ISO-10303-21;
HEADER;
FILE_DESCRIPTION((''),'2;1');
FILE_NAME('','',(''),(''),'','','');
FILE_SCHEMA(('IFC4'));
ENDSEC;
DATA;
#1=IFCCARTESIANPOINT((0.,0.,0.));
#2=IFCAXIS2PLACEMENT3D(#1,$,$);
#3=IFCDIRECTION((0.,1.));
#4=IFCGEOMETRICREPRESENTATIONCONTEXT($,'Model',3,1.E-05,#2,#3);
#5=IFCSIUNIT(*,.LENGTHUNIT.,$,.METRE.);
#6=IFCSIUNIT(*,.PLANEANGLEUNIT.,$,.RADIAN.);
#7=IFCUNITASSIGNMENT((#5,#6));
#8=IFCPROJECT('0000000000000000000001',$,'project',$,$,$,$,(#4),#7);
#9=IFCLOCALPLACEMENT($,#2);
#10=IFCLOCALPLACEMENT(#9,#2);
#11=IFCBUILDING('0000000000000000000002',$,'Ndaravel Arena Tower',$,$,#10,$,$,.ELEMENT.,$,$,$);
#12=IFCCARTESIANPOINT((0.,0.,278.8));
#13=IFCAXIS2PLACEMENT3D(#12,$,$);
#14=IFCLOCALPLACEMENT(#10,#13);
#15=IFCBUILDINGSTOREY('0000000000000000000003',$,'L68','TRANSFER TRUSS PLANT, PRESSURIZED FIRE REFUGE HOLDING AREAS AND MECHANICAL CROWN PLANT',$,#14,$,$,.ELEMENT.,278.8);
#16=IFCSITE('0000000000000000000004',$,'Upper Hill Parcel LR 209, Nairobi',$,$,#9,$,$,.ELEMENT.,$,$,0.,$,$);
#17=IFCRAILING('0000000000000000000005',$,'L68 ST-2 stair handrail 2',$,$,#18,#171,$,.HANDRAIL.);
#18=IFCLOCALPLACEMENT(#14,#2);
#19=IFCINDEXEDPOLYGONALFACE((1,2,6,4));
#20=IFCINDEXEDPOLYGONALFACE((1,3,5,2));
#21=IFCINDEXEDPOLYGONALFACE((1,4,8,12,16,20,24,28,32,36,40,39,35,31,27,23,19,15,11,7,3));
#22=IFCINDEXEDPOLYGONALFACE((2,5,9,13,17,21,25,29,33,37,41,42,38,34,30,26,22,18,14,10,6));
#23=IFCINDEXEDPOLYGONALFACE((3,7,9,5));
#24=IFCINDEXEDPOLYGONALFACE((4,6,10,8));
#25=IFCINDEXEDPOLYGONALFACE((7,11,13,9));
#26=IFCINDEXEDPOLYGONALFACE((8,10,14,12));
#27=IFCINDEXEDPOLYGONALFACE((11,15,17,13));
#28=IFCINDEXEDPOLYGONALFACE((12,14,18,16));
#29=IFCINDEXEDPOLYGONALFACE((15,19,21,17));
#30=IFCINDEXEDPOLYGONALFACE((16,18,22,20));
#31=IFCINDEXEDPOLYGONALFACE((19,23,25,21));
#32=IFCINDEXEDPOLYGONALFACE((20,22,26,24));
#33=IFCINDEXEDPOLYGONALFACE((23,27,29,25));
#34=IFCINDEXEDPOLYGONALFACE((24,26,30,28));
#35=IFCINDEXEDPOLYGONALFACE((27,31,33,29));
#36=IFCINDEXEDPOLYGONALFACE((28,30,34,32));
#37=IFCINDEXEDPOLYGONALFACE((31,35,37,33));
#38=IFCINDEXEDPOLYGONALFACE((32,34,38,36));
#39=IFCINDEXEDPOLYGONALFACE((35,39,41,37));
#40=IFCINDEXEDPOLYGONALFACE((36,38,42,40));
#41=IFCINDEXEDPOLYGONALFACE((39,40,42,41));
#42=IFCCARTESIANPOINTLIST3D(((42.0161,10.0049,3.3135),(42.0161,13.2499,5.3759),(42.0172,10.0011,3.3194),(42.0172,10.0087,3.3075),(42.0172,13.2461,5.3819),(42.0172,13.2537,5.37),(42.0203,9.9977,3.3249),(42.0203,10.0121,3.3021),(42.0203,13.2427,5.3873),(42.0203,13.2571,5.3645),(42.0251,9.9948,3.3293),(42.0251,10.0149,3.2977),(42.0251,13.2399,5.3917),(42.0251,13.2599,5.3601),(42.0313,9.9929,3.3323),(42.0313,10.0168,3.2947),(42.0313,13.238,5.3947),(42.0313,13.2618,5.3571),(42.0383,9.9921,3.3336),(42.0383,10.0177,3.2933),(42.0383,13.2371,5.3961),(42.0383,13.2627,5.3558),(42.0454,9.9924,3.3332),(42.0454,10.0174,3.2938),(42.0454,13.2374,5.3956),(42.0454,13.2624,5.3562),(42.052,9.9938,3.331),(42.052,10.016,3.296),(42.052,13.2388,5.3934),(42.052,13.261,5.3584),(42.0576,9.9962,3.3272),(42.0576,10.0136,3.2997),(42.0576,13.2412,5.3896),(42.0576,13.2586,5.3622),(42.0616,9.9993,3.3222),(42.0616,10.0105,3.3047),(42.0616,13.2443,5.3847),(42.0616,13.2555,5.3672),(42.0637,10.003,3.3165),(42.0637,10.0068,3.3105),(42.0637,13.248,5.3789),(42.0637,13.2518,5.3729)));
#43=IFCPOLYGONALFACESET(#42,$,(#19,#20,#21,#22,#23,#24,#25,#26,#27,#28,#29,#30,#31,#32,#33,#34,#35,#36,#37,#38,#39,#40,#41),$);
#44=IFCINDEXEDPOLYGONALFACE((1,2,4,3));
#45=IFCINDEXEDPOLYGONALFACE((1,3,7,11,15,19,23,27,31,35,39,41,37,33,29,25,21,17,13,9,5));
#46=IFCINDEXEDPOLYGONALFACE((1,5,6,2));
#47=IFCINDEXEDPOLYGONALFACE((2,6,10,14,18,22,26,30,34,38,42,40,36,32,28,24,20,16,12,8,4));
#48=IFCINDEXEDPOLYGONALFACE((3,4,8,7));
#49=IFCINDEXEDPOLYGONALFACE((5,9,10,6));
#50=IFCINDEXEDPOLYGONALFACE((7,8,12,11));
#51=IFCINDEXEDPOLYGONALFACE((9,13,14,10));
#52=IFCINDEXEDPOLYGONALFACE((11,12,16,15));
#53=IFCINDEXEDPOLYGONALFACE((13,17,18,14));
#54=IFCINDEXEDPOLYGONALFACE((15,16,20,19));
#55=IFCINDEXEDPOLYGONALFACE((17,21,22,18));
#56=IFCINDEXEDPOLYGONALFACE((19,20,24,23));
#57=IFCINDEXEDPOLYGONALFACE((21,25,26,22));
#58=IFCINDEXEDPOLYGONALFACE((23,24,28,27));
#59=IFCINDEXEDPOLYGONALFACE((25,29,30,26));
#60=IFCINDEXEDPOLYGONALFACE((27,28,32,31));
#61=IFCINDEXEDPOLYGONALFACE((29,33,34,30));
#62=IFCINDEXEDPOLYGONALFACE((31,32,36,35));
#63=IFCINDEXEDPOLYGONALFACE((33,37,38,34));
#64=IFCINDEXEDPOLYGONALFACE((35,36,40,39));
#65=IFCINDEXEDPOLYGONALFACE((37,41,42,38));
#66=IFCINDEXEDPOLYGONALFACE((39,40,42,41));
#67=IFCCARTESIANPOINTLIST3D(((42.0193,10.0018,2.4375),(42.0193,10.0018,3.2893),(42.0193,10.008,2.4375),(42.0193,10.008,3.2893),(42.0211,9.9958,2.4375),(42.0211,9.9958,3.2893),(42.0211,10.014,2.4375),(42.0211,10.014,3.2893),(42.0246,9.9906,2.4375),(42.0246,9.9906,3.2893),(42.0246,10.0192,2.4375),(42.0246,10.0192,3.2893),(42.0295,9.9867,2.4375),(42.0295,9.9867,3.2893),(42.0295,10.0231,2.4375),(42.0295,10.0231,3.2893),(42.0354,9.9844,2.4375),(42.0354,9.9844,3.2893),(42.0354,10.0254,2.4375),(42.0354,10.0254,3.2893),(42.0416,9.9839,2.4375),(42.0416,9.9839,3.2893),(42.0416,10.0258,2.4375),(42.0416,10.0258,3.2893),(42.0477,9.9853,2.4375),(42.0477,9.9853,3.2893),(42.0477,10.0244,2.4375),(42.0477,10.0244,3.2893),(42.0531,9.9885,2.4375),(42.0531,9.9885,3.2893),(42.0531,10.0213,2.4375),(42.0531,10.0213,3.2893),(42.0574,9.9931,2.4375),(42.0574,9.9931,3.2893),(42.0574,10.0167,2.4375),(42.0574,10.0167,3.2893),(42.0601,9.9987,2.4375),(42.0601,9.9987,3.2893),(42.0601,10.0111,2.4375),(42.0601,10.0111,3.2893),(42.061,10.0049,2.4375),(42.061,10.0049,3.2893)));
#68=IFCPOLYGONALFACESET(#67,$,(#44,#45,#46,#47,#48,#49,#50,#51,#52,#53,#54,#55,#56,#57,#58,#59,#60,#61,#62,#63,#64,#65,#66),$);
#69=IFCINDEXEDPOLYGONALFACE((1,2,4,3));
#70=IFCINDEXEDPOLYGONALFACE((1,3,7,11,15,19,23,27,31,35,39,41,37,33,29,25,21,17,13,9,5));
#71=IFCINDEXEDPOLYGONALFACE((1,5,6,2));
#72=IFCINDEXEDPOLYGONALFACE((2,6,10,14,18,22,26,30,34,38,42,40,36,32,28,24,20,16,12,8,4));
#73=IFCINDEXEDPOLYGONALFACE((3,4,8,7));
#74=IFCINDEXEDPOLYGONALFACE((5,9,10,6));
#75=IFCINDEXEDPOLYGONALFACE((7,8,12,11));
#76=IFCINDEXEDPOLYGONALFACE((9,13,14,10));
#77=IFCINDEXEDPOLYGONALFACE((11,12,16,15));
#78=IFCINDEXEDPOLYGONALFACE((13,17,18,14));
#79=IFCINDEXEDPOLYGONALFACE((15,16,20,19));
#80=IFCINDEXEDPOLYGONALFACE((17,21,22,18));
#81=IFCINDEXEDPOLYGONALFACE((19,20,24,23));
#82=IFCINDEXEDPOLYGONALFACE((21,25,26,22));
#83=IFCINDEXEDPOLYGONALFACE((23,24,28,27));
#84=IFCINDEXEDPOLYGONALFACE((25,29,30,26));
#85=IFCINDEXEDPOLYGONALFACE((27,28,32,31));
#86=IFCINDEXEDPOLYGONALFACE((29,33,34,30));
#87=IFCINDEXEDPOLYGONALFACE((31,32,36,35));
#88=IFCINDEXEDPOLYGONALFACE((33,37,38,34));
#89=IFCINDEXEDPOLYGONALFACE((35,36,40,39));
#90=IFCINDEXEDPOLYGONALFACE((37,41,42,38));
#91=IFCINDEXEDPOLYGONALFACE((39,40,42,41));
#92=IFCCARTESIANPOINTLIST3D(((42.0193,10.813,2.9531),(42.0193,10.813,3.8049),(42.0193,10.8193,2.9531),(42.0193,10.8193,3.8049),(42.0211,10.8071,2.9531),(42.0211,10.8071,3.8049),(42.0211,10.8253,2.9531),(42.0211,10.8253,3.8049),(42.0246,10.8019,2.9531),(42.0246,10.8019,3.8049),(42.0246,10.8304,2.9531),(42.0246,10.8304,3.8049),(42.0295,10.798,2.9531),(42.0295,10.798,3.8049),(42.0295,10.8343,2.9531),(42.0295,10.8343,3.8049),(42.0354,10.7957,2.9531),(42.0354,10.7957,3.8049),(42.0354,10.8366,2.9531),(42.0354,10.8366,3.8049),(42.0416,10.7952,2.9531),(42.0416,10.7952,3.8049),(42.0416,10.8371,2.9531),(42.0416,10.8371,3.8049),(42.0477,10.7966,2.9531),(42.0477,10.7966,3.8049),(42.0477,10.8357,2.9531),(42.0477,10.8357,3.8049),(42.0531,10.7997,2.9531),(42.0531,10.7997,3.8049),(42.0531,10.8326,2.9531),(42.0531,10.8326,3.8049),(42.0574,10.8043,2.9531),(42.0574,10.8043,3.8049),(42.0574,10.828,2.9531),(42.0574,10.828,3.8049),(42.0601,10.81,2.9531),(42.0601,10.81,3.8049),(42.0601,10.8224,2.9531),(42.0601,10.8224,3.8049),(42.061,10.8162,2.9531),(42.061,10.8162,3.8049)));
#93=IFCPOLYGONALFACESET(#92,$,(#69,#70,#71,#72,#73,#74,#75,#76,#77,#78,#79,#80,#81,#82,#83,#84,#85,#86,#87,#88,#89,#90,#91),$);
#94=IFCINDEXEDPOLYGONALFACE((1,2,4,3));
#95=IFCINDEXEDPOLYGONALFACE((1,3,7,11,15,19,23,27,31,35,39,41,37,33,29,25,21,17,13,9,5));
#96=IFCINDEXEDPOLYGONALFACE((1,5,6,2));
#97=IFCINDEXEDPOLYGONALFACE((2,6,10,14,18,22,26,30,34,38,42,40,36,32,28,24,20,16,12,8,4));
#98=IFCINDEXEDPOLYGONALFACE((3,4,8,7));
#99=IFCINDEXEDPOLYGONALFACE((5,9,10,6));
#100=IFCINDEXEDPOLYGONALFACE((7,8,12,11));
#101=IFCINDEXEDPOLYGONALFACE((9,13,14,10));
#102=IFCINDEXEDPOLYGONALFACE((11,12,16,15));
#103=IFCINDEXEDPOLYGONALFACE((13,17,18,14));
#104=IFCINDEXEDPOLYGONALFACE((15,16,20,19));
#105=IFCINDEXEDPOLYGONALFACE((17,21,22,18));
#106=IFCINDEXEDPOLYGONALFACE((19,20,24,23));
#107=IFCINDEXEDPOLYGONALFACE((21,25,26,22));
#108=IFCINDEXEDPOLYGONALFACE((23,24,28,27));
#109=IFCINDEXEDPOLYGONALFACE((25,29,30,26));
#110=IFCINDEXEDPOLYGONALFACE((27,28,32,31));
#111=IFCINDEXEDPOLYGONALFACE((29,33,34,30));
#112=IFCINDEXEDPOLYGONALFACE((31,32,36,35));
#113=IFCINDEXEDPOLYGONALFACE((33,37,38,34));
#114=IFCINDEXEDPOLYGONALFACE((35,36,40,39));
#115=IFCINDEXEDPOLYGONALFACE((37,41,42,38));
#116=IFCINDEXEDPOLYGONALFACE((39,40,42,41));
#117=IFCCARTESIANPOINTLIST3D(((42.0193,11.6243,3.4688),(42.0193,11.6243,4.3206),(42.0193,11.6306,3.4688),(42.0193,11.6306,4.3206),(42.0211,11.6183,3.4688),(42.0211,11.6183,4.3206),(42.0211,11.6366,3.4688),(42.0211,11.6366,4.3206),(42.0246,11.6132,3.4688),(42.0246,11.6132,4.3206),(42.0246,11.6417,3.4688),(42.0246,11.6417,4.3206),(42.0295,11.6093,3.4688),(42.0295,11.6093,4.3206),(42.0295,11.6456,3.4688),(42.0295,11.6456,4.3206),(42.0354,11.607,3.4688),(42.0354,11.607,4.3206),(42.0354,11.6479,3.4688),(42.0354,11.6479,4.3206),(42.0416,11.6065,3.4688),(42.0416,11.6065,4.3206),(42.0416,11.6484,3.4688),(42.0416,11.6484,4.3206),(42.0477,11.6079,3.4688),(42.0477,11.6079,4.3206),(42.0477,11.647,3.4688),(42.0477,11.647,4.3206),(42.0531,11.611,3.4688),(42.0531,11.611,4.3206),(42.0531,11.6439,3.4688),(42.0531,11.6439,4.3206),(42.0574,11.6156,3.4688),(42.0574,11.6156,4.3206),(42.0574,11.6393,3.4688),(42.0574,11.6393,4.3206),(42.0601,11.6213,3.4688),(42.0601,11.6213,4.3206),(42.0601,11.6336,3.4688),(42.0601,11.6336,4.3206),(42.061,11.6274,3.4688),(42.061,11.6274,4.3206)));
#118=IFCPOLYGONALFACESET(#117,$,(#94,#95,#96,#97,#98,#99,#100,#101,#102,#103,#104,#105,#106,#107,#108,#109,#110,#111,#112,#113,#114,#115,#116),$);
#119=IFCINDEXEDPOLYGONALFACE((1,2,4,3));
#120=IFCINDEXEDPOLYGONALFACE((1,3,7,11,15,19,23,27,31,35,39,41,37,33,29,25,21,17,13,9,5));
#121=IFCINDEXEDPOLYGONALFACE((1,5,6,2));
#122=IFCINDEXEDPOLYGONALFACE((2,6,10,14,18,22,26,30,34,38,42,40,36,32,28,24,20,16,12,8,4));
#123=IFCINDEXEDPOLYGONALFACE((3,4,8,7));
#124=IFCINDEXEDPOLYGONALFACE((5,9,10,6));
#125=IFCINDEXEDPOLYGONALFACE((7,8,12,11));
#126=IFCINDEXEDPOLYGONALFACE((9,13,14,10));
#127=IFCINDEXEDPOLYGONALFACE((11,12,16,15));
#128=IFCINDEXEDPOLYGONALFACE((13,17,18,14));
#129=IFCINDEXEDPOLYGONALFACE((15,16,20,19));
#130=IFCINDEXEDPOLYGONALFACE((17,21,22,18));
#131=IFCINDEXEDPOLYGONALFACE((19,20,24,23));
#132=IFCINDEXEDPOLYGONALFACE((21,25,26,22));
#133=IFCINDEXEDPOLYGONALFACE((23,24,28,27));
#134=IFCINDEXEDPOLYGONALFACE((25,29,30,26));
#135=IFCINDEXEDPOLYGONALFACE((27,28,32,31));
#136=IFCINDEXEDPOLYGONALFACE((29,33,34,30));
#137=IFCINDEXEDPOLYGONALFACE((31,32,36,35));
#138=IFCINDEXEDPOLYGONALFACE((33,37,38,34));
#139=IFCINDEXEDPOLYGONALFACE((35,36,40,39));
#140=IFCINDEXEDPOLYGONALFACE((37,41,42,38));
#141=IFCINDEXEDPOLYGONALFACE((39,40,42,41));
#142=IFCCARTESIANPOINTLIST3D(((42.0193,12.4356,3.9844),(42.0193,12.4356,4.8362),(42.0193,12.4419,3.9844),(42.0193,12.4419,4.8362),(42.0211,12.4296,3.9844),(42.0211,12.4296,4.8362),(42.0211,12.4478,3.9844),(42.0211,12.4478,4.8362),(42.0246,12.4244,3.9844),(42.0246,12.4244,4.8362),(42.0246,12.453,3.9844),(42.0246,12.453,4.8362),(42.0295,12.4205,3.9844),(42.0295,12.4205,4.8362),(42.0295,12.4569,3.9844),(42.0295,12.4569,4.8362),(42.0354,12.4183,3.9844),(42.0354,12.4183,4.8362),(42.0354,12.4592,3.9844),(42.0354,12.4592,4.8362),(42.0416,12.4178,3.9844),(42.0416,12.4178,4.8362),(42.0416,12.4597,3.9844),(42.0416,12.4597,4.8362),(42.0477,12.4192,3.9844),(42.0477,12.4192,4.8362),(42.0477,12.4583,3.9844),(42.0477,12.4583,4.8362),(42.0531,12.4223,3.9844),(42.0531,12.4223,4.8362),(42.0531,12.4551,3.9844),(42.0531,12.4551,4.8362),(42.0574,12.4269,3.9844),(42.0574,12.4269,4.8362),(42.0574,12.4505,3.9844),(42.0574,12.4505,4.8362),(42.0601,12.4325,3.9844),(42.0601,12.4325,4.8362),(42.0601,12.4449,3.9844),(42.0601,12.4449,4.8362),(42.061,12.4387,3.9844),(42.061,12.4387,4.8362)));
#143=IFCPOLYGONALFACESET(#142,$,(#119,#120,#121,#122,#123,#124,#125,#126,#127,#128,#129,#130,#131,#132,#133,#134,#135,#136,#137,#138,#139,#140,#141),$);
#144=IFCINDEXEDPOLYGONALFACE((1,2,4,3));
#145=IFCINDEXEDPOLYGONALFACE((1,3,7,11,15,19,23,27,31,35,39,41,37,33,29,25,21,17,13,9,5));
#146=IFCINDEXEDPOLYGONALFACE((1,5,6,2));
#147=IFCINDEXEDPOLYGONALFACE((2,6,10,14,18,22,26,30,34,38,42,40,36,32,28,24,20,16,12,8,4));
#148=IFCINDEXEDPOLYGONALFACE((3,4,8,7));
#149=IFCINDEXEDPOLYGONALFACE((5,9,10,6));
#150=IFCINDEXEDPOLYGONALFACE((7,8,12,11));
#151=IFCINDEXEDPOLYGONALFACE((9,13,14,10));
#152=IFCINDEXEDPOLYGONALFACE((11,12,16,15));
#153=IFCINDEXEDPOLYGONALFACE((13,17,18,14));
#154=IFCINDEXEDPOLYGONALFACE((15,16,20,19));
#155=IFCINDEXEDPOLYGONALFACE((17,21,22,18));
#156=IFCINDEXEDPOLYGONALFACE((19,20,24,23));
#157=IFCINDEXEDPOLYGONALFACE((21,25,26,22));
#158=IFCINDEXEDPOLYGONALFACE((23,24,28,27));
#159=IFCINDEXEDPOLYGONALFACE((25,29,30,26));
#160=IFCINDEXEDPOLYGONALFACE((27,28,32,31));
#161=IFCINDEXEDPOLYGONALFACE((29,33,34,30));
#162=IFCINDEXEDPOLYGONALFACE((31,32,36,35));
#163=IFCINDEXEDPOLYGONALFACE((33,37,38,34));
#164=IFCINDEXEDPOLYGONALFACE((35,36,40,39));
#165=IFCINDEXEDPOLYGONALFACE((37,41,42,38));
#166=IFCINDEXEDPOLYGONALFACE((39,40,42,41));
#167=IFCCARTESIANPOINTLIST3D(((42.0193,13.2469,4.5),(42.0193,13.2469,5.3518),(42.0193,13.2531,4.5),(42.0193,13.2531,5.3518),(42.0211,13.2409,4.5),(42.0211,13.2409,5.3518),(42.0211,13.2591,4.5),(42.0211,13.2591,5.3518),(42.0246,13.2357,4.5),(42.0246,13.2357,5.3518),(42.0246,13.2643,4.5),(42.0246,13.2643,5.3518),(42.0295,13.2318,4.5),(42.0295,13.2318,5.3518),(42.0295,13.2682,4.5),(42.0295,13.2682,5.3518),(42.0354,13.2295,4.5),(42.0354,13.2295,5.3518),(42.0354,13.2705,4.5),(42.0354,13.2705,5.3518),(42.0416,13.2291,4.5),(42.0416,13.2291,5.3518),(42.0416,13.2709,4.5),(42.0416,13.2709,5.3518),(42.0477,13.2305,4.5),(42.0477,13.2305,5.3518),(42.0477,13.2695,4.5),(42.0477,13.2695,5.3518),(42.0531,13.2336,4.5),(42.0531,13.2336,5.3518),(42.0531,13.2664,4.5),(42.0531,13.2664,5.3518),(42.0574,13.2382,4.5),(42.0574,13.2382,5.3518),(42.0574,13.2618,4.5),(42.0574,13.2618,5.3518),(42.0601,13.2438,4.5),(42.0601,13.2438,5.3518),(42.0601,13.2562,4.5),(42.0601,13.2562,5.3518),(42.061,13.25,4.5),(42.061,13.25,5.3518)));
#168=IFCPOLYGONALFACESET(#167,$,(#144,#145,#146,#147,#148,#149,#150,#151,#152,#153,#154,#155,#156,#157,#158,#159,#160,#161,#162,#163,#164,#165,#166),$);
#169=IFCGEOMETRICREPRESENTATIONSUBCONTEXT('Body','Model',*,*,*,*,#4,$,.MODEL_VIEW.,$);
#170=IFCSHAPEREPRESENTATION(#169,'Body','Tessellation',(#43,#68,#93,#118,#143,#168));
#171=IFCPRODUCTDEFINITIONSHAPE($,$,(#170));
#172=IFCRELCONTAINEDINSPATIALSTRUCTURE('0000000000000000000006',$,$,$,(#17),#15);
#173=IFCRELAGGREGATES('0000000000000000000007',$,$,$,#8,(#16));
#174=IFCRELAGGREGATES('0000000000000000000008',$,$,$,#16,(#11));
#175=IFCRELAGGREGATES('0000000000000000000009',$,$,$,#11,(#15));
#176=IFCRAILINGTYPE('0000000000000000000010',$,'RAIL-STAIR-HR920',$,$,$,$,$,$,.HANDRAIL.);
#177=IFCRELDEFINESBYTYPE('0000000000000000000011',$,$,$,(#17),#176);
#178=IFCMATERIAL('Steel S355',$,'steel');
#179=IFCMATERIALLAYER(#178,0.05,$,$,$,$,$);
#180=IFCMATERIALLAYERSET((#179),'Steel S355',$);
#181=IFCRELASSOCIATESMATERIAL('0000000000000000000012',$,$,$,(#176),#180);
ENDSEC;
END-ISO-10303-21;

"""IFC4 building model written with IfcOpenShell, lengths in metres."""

from ifc_helpers import new_model, si_unit, direction, frame, origin, origin_2d, place, context, subcontext, project, spatial, circle, extrude, material, layer, layer_set, type_object, element, save


model = new_model("IFC4")

# Units and contexts
model_context = context("Model", 3, precision=1e-05, world=origin(), true_north=direction((0.0, 1.0)))
body_context = subcontext(model_context, "Body", "Model", "MODEL_VIEW")
ifc_project = project(units=[si_unit("LENGTHUNIT", "METRE"), si_unit("PLANEANGLEUNIT", "RADIAN")], contexts=[model_context])

# Site, building, storey
site_placement = place(None, origin())
site = spatial("IfcSite", under=ifc_project, at=site_placement, Name="Upper Hill Parcel LR 209, Nairobi", CompositionType="ELEMENT", RefElevation=0.0)
building_placement = place(site_placement, origin())
building = spatial("IfcBuilding", under=site, at=building_placement, Name="Ndaravel Arena Tower", CompositionType="ELEMENT")
storey_placement = place(building_placement, frame((0.0, 0.0, 278.8)))
storey = spatial("IfcBuildingStorey", under=building, at=storey_placement, Name="L68", Description="TRANSFER TRUSS PLANT, PRESSURIZED FIRE REFUGE HOLDING AREAS AND MECHANICAL CROWN PLANT", CompositionType="ELEMENT", Elevation=278.8)

# Railing
ifc_material_1 = material(Name="Steel S355", Category="steel")
ifc_layer_1 = layer(ifc_material_1, 0.05)
ifc_layer_set_1 = layer_set([ifc_layer_1], Name="Steel S355")
railing_type_1 = type_object("IfcRailingType", Name="RAIL-STAIR-HR920", PredefinedType="HANDRAIL", material=ifc_layer_set_1)
railing_1_placement = place(storey_placement, frame((42.04, 10.0049, 2.4375)))
element("IfcRailing", 1, at=railing_1_placement, inside=storey, type_object=railing_type_1, Name="L68 ST-2 stair handrail 2", PredefinedType="HANDRAIL", context=body_context, shape_type="SweptSolid", body=[
    extrude(circle(Radius=0.0239, at=origin_2d()), frame((0.0, 0.0, 0.876), z_axis=(0.0, 0.843965, 0.536399), x_axis=(-1.0, 0.0, 0.0)), (0.0, 0.0, 1.0), 3.845),
    extrude(circle(Radius=0.021, at=origin_2d()), origin(), (0.0, 0.0, 1.0), 0.8518),
    extrude(circle(Radius=0.021, at=origin_2d()), frame((0.0, 0.8113, 0.5156)), (0.0, 0.0, 1.0), 0.8518),
    extrude(circle(Radius=0.021, at=origin_2d()), frame((0.0, 1.6226, 1.0312)), (0.0, 0.0, 1.0), 0.8518),
    extrude(circle(Radius=0.021, at=origin_2d()), frame((0.0, 2.4338, 1.5469)), (0.0, 0.0, 1.0), 0.8518),
    extrude(circle(Radius=0.021, at=origin_2d()), frame((0.0, 3.2451, 2.0625)), (0.0, 0.0, 1.0), 0.8518),
])

save(model, "model.ifc")
